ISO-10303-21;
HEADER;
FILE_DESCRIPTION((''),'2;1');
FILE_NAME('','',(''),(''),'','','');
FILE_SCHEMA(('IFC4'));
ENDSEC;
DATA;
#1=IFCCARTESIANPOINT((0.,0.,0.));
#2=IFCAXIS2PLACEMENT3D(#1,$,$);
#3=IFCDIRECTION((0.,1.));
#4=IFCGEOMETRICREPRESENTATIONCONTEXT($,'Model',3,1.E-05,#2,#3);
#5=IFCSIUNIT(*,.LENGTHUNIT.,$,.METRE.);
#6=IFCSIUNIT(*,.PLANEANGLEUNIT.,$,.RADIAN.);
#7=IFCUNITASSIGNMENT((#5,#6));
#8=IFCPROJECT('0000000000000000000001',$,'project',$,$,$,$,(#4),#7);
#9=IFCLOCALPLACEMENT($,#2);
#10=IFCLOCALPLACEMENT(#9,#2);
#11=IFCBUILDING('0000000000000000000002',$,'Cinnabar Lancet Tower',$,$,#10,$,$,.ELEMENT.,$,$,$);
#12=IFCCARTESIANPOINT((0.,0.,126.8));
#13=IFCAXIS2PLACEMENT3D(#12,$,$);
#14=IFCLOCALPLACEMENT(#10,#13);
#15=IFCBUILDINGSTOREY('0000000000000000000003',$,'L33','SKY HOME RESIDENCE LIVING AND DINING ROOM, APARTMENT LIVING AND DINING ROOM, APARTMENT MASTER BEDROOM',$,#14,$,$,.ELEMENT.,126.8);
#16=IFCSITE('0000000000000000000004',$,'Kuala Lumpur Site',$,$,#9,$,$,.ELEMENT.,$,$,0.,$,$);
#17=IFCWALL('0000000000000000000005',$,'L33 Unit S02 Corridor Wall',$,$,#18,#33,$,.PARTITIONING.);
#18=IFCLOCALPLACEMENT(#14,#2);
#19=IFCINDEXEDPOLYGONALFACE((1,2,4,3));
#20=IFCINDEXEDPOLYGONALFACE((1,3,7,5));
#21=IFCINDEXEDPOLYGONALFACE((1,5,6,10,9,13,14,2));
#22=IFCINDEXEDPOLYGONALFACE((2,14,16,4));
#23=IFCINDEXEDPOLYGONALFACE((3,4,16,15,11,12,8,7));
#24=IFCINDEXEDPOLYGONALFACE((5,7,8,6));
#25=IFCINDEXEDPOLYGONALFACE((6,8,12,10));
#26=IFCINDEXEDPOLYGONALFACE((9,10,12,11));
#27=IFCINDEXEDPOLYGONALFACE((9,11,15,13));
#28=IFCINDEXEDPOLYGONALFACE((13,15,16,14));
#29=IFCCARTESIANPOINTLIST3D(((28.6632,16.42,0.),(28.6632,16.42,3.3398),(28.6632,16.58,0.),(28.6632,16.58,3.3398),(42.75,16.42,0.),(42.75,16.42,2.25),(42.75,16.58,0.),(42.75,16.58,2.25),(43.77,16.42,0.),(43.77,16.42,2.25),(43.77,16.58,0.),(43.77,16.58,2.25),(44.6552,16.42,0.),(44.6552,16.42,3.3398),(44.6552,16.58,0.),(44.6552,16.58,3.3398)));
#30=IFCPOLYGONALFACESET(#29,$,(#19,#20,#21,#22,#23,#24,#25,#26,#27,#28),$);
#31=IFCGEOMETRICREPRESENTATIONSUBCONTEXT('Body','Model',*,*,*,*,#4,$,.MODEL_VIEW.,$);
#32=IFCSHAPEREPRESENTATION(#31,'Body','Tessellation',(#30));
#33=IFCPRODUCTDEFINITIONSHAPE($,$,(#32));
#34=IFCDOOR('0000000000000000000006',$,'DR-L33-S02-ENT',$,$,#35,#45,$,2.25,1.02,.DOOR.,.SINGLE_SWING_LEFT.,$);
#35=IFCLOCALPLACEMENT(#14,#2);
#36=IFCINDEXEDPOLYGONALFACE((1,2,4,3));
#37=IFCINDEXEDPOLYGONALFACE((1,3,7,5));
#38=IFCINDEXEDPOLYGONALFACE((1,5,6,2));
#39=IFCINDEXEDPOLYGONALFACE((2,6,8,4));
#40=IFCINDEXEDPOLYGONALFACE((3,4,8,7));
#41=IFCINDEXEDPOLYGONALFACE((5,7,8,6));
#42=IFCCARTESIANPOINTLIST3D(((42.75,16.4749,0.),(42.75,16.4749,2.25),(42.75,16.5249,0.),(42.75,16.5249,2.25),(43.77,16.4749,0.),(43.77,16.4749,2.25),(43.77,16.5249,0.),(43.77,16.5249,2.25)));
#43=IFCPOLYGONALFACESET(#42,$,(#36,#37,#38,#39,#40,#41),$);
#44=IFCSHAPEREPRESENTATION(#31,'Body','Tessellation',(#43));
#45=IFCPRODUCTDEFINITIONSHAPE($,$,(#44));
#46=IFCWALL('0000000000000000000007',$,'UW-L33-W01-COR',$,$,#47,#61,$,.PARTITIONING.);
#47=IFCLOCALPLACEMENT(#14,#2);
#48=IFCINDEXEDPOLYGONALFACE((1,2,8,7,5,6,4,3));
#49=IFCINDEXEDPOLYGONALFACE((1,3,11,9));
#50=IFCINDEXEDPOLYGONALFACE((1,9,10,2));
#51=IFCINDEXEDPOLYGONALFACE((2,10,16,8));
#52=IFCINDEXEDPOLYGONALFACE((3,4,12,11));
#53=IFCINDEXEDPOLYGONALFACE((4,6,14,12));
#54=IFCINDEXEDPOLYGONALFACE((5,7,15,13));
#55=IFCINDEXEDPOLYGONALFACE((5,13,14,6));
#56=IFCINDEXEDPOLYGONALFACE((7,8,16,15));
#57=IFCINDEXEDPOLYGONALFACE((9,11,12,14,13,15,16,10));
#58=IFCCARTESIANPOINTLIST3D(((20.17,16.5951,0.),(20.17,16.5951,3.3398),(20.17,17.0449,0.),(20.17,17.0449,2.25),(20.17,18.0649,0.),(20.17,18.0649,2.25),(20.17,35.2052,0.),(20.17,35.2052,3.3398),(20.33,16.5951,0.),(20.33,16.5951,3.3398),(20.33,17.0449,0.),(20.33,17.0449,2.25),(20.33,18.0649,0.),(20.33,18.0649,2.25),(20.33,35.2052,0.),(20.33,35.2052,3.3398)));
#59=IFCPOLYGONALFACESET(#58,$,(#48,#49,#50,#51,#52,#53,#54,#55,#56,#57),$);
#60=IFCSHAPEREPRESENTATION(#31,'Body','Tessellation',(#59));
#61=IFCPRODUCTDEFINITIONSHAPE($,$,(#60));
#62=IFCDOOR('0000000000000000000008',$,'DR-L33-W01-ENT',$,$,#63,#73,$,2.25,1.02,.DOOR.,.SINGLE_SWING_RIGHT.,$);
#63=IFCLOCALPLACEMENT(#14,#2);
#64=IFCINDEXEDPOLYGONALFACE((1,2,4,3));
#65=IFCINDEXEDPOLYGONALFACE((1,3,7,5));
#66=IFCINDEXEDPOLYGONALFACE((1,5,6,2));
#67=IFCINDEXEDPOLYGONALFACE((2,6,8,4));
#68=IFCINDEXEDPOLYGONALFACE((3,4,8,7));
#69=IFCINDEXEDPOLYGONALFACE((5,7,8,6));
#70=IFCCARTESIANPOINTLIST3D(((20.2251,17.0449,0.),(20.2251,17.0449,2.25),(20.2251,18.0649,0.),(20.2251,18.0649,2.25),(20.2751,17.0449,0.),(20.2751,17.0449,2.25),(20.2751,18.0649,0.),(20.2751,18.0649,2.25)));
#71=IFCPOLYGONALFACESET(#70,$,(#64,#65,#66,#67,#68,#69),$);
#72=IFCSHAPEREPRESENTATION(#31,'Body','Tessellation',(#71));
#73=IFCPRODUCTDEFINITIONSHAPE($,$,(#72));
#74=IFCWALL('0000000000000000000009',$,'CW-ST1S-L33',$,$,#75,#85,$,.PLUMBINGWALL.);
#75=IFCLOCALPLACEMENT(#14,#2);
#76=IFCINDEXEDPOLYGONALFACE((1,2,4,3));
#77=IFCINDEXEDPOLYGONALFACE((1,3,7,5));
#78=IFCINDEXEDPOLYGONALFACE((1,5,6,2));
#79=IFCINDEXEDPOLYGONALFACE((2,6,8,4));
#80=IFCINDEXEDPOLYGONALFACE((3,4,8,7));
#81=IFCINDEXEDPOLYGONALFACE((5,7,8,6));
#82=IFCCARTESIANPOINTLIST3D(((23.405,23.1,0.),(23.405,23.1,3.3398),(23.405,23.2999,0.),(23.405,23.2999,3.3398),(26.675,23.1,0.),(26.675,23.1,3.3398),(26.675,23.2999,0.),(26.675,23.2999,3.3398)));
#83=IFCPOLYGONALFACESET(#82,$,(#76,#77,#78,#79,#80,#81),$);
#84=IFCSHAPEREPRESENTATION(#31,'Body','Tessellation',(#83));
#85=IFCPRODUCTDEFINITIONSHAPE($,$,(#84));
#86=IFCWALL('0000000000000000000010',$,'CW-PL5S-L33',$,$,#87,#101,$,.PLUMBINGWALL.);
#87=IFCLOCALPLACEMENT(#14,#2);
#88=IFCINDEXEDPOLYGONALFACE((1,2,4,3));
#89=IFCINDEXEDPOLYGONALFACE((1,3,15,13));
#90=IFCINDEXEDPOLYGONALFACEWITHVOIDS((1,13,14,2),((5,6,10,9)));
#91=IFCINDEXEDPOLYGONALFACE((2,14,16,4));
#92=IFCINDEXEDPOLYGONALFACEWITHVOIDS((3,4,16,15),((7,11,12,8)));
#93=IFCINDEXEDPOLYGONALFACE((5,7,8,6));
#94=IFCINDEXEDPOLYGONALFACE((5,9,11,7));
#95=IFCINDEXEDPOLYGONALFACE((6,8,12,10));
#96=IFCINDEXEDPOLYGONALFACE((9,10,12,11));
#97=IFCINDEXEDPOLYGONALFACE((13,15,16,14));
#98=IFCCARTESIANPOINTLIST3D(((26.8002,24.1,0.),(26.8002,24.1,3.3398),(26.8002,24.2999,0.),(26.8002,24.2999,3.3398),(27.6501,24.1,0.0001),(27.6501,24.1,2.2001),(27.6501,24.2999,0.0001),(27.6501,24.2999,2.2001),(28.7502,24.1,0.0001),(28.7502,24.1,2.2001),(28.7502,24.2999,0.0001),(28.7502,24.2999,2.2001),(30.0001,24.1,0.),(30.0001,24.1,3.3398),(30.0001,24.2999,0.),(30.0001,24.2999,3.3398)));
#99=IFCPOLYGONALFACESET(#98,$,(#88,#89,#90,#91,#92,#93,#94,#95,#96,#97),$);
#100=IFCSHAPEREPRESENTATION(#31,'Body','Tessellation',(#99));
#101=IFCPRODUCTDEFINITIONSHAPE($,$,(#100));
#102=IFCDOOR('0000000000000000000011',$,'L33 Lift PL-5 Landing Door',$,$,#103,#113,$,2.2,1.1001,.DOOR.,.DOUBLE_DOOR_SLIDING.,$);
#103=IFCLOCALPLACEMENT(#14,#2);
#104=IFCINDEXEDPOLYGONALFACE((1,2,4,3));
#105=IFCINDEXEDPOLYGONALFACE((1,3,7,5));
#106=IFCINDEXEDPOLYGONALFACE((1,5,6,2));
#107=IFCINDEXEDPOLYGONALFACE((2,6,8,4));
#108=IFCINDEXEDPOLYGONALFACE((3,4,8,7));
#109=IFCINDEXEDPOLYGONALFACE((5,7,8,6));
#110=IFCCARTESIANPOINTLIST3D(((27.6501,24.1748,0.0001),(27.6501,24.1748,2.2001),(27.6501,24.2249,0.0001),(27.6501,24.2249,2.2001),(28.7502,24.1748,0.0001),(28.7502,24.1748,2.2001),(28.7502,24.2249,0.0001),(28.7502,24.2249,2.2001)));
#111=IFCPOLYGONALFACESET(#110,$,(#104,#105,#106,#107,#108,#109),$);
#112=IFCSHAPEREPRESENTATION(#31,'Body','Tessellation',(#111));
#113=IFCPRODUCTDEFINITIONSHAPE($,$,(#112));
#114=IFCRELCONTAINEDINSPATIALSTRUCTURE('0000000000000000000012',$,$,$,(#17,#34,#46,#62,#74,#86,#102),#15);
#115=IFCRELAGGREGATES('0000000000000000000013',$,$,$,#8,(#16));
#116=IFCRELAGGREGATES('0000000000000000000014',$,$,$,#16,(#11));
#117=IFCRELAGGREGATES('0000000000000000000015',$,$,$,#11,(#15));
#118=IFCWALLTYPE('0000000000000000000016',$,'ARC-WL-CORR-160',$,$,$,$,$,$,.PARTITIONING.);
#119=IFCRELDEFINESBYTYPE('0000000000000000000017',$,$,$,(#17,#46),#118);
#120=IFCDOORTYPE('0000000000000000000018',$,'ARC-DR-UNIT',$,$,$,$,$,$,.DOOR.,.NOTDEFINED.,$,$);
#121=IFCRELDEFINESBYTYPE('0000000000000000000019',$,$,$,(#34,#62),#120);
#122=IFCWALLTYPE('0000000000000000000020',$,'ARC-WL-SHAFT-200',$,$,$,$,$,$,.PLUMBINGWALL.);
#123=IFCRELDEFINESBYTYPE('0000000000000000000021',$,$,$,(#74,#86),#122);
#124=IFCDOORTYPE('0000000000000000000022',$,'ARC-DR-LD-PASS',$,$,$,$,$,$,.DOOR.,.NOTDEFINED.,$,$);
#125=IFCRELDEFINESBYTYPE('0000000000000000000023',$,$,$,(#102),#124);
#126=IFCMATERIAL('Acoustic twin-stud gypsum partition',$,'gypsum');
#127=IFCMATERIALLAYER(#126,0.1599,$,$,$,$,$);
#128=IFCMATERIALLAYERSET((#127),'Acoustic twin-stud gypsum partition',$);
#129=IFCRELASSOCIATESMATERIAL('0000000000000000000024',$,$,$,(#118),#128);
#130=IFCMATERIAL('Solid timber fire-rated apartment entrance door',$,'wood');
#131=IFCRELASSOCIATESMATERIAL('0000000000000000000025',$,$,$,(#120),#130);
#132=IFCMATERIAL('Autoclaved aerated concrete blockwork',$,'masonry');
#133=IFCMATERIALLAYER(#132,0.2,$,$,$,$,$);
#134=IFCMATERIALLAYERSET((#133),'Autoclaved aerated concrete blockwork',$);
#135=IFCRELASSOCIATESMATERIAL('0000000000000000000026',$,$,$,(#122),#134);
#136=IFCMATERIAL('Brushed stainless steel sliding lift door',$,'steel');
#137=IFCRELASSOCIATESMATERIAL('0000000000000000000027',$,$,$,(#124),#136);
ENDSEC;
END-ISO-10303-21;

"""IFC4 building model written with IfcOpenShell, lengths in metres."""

from ifc_helpers import new_model, si_unit, direction, frame, frame_2d, origin, place, context, subcontext, project, spatial, rectangle, extrude, material, layer, layer_set, type_object, element, fill, save


model = new_model("IFC4")

# Units and contexts
model_context = context("Model", 3, precision=1e-05, world=origin(), true_north=direction((0.0, 1.0)))
body_context = subcontext(model_context, "Body", "Model", "MODEL_VIEW")
ifc_project = project(units=[si_unit("LENGTHUNIT", "METRE"), si_unit("PLANEANGLEUNIT", "RADIAN")], contexts=[model_context])

# Site, building, storey
site_placement = place(None, origin())
site = spatial("IfcSite", under=ifc_project, at=site_placement, Name="Kuala Lumpur Site", CompositionType="ELEMENT", RefElevation=0.0)
building_placement = place(site_placement, origin())
building = spatial("IfcBuilding", under=site, at=building_placement, Name="Cinnabar Lancet Tower", CompositionType="ELEMENT")
storey_placement = place(building_placement, frame((0.0, 0.0, 126.8)))
storey = spatial("IfcBuildingStorey", under=building, at=storey_placement, Name="L33", Description="SKY HOME RESIDENCE LIVING AND DINING ROOM, APARTMENT LIVING AND DINING ROOM, APARTMENT MASTER BEDROOM", CompositionType="ELEMENT", Elevation=126.8)

# Walls, openings, doors
ifc_material_1 = material(Name="Acoustic twin-stud gypsum partition", Category="gypsum")
ifc_layer_1 = layer(ifc_material_1, 0.1599)
ifc_layer_set_1 = layer_set([ifc_layer_1], Name="Acoustic twin-stud gypsum partition")
wall_type_1 = type_object("IfcWallType", Name="ARC-WL-CORR-160", PredefinedType="PARTITIONING", material=ifc_layer_set_1)
ifc_material_2 = material(Name="Solid timber fire-rated apartment entrance door", Category="wood")
door_type_1 = type_object("IfcDoorType", Name="ARC-DR-UNIT", OperationType="NOTDEFINED", PredefinedType="DOOR", material=ifc_material_2)
wall_1_placement = place(storey_placement, frame((28.6631, 16.5, 0.0), z_axis=(0.0, 0.0, 1.0), x_axis=(1.0, 0.0, 0.0)))
wall_1 = element("IfcWall", 1, at=wall_1_placement, inside=storey, type_object=wall_type_1, Name="L33 Unit S02 Corridor Wall", PredefinedType="PARTITIONING", context=body_context, shape_type="SweptSolid", body=[
    extrude(rectangle(XDim=15.9919, YDim=0.1599, at=frame_2d((7.9961, 0.0))), origin(), (0.0, 0.0, 1.0), 3.3398),
])
opening_1_placement = place(wall_1_placement, frame((14.0869, 0.0, 0.0)))
opening_1 = element("IfcOpeningElement", 2, at=opening_1_placement, cuts=wall_1, PredefinedType="OPENING", context=body_context, shape_type="SweptSolid", body=[
    extrude(rectangle(XDim=1.02, YDim=2.25, at=frame_2d((0.51, 1.125))), frame((0.0, 0.0898, 0.0), z_axis=(0.0, -1.0, 0.0), x_axis=(1.0, 0.0, 0.0)), (0.0, 0.0, 1.0), 0.1799),
])
door_1_placement = place(opening_1_placement, origin())
door_1 = element("IfcDoor", 3, at=door_1_placement, inside=storey, type_object=door_type_1, Name="DR-L33-S02-ENT", OperationType="SINGLE_SWING_LEFT", OverallHeight=2.25, OverallWidth=1.02, PredefinedType="DOOR", context=body_context, shape_type="SweptSolid", body=[
    extrude(rectangle(XDim=1.02, YDim=2.25, at=frame_2d((0.51, 1.125))), frame((0.0, 0.0249, 0.0), z_axis=(0.0, -1.0, 0.0), x_axis=(1.0, 0.0, 0.0)), (0.0, 0.0, 1.0), 0.05),
])
fill(opening_1, door_1)
wall_2_placement = place(storey_placement, frame((20.25, 16.595, 0.0), z_axis=(0.0, 0.0, 1.0), x_axis=(0.0, 1.0, 0.0)))
wall_2 = element("IfcWall", 4, at=wall_2_placement, inside=storey, type_object=wall_type_1, Name="UW-L33-W01-COR", PredefinedType="PARTITIONING", context=body_context, shape_type="SweptSolid", body=[
    extrude(rectangle(XDim=18.6101, YDim=0.1599, at=frame_2d((9.3052, 0.0))), origin(), (0.0, 0.0, 1.0), 3.3398),
])
opening_2_placement = place(wall_2_placement, frame((0.45, 0.0, 0.0)))
opening_2 = element("IfcOpeningElement", 5, at=opening_2_placement, cuts=wall_2, PredefinedType="OPENING", context=body_context, shape_type="SweptSolid", body=[
    extrude(rectangle(XDim=1.02, YDim=2.25, at=frame_2d((0.51, 1.125))), frame((0.0, 0.0898, 0.0), z_axis=(0.0, -1.0, 0.0), x_axis=(1.0, 0.0, 0.0)), (0.0, 0.0, 1.0), 0.1799),
])
door_2_placement = place(opening_2_placement, origin())
door_2 = element("IfcDoor", 6, at=door_2_placement, inside=storey, type_object=door_type_1, Name="DR-L33-W01-ENT", OperationType="SINGLE_SWING_RIGHT", OverallHeight=2.25, OverallWidth=1.02, PredefinedType="DOOR", context=body_context, shape_type="SweptSolid", body=[
    extrude(rectangle(XDim=1.02, YDim=2.25, at=frame_2d((0.51, 1.125))), frame((0.0, 0.0249, 0.0), z_axis=(0.0, -1.0, 0.0), x_axis=(1.0, 0.0, 0.0)), (0.0, 0.0, 1.0), 0.05),
])
fill(opening_2, door_2)

# Wall
ifc_material_3 = material(Name="Autoclaved aerated concrete blockwork", Category="masonry")
ifc_layer_2 = layer(ifc_material_3, 0.2)
ifc_layer_set_2 = layer_set([ifc_layer_2], Name="Autoclaved aerated concrete blockwork")
wall_type_2 = type_object("IfcWallType", Name="ARC-WL-SHAFT-200", PredefinedType="PLUMBINGWALL", material=ifc_layer_set_2)
wall_3_placement = place(storey_placement, frame((23.405, 23.2, 0.0), z_axis=(0.0, 0.0, 1.0), x_axis=(1.0, 0.0, 0.0)))
element("IfcWall", 7, at=wall_3_placement, inside=storey, type_object=wall_type_2, Name="CW-ST1S-L33", PredefinedType="PLUMBINGWALL", context=body_context, shape_type="SweptSolid", body=[
    extrude(rectangle(XDim=3.27, YDim=0.2, at=frame_2d((1.635, 0.0))), origin(), (0.0, 0.0, 1.0), 3.3398),
])

# Wall, opening, door
wall_4_placement = place(storey_placement, frame((26.8, 24.2, 0.0), z_axis=(0.0, 0.0, 1.0), x_axis=(1.0, 0.0, 0.0)))
wall_4 = element("IfcWall", 8, at=wall_4_placement, inside=storey, type_object=wall_type_2, Name="CW-PL5S-L33", PredefinedType="PLUMBINGWALL", context=body_context, shape_type="SweptSolid", body=[
    extrude(rectangle(XDim=3.2, YDim=0.2, at=frame_2d((1.6001, 0.0))), origin(), (0.0, 0.0, 1.0), 3.3398),
])
opening_3_placement = place(wall_4_placement, frame((0.8501, 0.0, 0.0)))
opening_3 = element("IfcOpeningElement", 9, at=opening_3_placement, cuts=wall_4, PredefinedType="OPENING", context=body_context, shape_type="SweptSolid", body=[
    extrude(rectangle(XDim=1.1001, YDim=2.2, at=frame_2d((0.55, 1.1001))), frame((0.0, 0.1099, 0.0), z_axis=(0.0, -1.0, 0.0), x_axis=(1.0, 0.0, 0.0)), (0.0, 0.0, 1.0), 0.22),
])
ifc_material_4 = material(Name="Brushed stainless steel sliding lift door", Category="steel")
door_type_2 = type_object("IfcDoorType", Name="ARC-DR-LD-PASS", OperationType="NOTDEFINED", PredefinedType="DOOR", material=ifc_material_4)
door_3_placement = place(opening_3_placement, origin())
door_3 = element("IfcDoor", 10, at=door_3_placement, inside=storey, type_object=door_type_2, Name="L33 Lift PL-5 Landing Door", OperationType="DOUBLE_DOOR_SLIDING", OverallHeight=2.2, OverallWidth=1.1001, PredefinedType="DOOR", context=body_context, shape_type="SweptSolid", body=[
    extrude(rectangle(XDim=1.1001, YDim=2.2, at=frame_2d((0.55, 1.1001))), frame((0.0, 0.0249, 0.0), z_axis=(0.0, -1.0, 0.0), x_axis=(1.0, 0.0, 0.0)), (0.0, 0.0, 1.0), 0.05),
])
fill(opening_3, door_3)

save(model, "model.ifc")
